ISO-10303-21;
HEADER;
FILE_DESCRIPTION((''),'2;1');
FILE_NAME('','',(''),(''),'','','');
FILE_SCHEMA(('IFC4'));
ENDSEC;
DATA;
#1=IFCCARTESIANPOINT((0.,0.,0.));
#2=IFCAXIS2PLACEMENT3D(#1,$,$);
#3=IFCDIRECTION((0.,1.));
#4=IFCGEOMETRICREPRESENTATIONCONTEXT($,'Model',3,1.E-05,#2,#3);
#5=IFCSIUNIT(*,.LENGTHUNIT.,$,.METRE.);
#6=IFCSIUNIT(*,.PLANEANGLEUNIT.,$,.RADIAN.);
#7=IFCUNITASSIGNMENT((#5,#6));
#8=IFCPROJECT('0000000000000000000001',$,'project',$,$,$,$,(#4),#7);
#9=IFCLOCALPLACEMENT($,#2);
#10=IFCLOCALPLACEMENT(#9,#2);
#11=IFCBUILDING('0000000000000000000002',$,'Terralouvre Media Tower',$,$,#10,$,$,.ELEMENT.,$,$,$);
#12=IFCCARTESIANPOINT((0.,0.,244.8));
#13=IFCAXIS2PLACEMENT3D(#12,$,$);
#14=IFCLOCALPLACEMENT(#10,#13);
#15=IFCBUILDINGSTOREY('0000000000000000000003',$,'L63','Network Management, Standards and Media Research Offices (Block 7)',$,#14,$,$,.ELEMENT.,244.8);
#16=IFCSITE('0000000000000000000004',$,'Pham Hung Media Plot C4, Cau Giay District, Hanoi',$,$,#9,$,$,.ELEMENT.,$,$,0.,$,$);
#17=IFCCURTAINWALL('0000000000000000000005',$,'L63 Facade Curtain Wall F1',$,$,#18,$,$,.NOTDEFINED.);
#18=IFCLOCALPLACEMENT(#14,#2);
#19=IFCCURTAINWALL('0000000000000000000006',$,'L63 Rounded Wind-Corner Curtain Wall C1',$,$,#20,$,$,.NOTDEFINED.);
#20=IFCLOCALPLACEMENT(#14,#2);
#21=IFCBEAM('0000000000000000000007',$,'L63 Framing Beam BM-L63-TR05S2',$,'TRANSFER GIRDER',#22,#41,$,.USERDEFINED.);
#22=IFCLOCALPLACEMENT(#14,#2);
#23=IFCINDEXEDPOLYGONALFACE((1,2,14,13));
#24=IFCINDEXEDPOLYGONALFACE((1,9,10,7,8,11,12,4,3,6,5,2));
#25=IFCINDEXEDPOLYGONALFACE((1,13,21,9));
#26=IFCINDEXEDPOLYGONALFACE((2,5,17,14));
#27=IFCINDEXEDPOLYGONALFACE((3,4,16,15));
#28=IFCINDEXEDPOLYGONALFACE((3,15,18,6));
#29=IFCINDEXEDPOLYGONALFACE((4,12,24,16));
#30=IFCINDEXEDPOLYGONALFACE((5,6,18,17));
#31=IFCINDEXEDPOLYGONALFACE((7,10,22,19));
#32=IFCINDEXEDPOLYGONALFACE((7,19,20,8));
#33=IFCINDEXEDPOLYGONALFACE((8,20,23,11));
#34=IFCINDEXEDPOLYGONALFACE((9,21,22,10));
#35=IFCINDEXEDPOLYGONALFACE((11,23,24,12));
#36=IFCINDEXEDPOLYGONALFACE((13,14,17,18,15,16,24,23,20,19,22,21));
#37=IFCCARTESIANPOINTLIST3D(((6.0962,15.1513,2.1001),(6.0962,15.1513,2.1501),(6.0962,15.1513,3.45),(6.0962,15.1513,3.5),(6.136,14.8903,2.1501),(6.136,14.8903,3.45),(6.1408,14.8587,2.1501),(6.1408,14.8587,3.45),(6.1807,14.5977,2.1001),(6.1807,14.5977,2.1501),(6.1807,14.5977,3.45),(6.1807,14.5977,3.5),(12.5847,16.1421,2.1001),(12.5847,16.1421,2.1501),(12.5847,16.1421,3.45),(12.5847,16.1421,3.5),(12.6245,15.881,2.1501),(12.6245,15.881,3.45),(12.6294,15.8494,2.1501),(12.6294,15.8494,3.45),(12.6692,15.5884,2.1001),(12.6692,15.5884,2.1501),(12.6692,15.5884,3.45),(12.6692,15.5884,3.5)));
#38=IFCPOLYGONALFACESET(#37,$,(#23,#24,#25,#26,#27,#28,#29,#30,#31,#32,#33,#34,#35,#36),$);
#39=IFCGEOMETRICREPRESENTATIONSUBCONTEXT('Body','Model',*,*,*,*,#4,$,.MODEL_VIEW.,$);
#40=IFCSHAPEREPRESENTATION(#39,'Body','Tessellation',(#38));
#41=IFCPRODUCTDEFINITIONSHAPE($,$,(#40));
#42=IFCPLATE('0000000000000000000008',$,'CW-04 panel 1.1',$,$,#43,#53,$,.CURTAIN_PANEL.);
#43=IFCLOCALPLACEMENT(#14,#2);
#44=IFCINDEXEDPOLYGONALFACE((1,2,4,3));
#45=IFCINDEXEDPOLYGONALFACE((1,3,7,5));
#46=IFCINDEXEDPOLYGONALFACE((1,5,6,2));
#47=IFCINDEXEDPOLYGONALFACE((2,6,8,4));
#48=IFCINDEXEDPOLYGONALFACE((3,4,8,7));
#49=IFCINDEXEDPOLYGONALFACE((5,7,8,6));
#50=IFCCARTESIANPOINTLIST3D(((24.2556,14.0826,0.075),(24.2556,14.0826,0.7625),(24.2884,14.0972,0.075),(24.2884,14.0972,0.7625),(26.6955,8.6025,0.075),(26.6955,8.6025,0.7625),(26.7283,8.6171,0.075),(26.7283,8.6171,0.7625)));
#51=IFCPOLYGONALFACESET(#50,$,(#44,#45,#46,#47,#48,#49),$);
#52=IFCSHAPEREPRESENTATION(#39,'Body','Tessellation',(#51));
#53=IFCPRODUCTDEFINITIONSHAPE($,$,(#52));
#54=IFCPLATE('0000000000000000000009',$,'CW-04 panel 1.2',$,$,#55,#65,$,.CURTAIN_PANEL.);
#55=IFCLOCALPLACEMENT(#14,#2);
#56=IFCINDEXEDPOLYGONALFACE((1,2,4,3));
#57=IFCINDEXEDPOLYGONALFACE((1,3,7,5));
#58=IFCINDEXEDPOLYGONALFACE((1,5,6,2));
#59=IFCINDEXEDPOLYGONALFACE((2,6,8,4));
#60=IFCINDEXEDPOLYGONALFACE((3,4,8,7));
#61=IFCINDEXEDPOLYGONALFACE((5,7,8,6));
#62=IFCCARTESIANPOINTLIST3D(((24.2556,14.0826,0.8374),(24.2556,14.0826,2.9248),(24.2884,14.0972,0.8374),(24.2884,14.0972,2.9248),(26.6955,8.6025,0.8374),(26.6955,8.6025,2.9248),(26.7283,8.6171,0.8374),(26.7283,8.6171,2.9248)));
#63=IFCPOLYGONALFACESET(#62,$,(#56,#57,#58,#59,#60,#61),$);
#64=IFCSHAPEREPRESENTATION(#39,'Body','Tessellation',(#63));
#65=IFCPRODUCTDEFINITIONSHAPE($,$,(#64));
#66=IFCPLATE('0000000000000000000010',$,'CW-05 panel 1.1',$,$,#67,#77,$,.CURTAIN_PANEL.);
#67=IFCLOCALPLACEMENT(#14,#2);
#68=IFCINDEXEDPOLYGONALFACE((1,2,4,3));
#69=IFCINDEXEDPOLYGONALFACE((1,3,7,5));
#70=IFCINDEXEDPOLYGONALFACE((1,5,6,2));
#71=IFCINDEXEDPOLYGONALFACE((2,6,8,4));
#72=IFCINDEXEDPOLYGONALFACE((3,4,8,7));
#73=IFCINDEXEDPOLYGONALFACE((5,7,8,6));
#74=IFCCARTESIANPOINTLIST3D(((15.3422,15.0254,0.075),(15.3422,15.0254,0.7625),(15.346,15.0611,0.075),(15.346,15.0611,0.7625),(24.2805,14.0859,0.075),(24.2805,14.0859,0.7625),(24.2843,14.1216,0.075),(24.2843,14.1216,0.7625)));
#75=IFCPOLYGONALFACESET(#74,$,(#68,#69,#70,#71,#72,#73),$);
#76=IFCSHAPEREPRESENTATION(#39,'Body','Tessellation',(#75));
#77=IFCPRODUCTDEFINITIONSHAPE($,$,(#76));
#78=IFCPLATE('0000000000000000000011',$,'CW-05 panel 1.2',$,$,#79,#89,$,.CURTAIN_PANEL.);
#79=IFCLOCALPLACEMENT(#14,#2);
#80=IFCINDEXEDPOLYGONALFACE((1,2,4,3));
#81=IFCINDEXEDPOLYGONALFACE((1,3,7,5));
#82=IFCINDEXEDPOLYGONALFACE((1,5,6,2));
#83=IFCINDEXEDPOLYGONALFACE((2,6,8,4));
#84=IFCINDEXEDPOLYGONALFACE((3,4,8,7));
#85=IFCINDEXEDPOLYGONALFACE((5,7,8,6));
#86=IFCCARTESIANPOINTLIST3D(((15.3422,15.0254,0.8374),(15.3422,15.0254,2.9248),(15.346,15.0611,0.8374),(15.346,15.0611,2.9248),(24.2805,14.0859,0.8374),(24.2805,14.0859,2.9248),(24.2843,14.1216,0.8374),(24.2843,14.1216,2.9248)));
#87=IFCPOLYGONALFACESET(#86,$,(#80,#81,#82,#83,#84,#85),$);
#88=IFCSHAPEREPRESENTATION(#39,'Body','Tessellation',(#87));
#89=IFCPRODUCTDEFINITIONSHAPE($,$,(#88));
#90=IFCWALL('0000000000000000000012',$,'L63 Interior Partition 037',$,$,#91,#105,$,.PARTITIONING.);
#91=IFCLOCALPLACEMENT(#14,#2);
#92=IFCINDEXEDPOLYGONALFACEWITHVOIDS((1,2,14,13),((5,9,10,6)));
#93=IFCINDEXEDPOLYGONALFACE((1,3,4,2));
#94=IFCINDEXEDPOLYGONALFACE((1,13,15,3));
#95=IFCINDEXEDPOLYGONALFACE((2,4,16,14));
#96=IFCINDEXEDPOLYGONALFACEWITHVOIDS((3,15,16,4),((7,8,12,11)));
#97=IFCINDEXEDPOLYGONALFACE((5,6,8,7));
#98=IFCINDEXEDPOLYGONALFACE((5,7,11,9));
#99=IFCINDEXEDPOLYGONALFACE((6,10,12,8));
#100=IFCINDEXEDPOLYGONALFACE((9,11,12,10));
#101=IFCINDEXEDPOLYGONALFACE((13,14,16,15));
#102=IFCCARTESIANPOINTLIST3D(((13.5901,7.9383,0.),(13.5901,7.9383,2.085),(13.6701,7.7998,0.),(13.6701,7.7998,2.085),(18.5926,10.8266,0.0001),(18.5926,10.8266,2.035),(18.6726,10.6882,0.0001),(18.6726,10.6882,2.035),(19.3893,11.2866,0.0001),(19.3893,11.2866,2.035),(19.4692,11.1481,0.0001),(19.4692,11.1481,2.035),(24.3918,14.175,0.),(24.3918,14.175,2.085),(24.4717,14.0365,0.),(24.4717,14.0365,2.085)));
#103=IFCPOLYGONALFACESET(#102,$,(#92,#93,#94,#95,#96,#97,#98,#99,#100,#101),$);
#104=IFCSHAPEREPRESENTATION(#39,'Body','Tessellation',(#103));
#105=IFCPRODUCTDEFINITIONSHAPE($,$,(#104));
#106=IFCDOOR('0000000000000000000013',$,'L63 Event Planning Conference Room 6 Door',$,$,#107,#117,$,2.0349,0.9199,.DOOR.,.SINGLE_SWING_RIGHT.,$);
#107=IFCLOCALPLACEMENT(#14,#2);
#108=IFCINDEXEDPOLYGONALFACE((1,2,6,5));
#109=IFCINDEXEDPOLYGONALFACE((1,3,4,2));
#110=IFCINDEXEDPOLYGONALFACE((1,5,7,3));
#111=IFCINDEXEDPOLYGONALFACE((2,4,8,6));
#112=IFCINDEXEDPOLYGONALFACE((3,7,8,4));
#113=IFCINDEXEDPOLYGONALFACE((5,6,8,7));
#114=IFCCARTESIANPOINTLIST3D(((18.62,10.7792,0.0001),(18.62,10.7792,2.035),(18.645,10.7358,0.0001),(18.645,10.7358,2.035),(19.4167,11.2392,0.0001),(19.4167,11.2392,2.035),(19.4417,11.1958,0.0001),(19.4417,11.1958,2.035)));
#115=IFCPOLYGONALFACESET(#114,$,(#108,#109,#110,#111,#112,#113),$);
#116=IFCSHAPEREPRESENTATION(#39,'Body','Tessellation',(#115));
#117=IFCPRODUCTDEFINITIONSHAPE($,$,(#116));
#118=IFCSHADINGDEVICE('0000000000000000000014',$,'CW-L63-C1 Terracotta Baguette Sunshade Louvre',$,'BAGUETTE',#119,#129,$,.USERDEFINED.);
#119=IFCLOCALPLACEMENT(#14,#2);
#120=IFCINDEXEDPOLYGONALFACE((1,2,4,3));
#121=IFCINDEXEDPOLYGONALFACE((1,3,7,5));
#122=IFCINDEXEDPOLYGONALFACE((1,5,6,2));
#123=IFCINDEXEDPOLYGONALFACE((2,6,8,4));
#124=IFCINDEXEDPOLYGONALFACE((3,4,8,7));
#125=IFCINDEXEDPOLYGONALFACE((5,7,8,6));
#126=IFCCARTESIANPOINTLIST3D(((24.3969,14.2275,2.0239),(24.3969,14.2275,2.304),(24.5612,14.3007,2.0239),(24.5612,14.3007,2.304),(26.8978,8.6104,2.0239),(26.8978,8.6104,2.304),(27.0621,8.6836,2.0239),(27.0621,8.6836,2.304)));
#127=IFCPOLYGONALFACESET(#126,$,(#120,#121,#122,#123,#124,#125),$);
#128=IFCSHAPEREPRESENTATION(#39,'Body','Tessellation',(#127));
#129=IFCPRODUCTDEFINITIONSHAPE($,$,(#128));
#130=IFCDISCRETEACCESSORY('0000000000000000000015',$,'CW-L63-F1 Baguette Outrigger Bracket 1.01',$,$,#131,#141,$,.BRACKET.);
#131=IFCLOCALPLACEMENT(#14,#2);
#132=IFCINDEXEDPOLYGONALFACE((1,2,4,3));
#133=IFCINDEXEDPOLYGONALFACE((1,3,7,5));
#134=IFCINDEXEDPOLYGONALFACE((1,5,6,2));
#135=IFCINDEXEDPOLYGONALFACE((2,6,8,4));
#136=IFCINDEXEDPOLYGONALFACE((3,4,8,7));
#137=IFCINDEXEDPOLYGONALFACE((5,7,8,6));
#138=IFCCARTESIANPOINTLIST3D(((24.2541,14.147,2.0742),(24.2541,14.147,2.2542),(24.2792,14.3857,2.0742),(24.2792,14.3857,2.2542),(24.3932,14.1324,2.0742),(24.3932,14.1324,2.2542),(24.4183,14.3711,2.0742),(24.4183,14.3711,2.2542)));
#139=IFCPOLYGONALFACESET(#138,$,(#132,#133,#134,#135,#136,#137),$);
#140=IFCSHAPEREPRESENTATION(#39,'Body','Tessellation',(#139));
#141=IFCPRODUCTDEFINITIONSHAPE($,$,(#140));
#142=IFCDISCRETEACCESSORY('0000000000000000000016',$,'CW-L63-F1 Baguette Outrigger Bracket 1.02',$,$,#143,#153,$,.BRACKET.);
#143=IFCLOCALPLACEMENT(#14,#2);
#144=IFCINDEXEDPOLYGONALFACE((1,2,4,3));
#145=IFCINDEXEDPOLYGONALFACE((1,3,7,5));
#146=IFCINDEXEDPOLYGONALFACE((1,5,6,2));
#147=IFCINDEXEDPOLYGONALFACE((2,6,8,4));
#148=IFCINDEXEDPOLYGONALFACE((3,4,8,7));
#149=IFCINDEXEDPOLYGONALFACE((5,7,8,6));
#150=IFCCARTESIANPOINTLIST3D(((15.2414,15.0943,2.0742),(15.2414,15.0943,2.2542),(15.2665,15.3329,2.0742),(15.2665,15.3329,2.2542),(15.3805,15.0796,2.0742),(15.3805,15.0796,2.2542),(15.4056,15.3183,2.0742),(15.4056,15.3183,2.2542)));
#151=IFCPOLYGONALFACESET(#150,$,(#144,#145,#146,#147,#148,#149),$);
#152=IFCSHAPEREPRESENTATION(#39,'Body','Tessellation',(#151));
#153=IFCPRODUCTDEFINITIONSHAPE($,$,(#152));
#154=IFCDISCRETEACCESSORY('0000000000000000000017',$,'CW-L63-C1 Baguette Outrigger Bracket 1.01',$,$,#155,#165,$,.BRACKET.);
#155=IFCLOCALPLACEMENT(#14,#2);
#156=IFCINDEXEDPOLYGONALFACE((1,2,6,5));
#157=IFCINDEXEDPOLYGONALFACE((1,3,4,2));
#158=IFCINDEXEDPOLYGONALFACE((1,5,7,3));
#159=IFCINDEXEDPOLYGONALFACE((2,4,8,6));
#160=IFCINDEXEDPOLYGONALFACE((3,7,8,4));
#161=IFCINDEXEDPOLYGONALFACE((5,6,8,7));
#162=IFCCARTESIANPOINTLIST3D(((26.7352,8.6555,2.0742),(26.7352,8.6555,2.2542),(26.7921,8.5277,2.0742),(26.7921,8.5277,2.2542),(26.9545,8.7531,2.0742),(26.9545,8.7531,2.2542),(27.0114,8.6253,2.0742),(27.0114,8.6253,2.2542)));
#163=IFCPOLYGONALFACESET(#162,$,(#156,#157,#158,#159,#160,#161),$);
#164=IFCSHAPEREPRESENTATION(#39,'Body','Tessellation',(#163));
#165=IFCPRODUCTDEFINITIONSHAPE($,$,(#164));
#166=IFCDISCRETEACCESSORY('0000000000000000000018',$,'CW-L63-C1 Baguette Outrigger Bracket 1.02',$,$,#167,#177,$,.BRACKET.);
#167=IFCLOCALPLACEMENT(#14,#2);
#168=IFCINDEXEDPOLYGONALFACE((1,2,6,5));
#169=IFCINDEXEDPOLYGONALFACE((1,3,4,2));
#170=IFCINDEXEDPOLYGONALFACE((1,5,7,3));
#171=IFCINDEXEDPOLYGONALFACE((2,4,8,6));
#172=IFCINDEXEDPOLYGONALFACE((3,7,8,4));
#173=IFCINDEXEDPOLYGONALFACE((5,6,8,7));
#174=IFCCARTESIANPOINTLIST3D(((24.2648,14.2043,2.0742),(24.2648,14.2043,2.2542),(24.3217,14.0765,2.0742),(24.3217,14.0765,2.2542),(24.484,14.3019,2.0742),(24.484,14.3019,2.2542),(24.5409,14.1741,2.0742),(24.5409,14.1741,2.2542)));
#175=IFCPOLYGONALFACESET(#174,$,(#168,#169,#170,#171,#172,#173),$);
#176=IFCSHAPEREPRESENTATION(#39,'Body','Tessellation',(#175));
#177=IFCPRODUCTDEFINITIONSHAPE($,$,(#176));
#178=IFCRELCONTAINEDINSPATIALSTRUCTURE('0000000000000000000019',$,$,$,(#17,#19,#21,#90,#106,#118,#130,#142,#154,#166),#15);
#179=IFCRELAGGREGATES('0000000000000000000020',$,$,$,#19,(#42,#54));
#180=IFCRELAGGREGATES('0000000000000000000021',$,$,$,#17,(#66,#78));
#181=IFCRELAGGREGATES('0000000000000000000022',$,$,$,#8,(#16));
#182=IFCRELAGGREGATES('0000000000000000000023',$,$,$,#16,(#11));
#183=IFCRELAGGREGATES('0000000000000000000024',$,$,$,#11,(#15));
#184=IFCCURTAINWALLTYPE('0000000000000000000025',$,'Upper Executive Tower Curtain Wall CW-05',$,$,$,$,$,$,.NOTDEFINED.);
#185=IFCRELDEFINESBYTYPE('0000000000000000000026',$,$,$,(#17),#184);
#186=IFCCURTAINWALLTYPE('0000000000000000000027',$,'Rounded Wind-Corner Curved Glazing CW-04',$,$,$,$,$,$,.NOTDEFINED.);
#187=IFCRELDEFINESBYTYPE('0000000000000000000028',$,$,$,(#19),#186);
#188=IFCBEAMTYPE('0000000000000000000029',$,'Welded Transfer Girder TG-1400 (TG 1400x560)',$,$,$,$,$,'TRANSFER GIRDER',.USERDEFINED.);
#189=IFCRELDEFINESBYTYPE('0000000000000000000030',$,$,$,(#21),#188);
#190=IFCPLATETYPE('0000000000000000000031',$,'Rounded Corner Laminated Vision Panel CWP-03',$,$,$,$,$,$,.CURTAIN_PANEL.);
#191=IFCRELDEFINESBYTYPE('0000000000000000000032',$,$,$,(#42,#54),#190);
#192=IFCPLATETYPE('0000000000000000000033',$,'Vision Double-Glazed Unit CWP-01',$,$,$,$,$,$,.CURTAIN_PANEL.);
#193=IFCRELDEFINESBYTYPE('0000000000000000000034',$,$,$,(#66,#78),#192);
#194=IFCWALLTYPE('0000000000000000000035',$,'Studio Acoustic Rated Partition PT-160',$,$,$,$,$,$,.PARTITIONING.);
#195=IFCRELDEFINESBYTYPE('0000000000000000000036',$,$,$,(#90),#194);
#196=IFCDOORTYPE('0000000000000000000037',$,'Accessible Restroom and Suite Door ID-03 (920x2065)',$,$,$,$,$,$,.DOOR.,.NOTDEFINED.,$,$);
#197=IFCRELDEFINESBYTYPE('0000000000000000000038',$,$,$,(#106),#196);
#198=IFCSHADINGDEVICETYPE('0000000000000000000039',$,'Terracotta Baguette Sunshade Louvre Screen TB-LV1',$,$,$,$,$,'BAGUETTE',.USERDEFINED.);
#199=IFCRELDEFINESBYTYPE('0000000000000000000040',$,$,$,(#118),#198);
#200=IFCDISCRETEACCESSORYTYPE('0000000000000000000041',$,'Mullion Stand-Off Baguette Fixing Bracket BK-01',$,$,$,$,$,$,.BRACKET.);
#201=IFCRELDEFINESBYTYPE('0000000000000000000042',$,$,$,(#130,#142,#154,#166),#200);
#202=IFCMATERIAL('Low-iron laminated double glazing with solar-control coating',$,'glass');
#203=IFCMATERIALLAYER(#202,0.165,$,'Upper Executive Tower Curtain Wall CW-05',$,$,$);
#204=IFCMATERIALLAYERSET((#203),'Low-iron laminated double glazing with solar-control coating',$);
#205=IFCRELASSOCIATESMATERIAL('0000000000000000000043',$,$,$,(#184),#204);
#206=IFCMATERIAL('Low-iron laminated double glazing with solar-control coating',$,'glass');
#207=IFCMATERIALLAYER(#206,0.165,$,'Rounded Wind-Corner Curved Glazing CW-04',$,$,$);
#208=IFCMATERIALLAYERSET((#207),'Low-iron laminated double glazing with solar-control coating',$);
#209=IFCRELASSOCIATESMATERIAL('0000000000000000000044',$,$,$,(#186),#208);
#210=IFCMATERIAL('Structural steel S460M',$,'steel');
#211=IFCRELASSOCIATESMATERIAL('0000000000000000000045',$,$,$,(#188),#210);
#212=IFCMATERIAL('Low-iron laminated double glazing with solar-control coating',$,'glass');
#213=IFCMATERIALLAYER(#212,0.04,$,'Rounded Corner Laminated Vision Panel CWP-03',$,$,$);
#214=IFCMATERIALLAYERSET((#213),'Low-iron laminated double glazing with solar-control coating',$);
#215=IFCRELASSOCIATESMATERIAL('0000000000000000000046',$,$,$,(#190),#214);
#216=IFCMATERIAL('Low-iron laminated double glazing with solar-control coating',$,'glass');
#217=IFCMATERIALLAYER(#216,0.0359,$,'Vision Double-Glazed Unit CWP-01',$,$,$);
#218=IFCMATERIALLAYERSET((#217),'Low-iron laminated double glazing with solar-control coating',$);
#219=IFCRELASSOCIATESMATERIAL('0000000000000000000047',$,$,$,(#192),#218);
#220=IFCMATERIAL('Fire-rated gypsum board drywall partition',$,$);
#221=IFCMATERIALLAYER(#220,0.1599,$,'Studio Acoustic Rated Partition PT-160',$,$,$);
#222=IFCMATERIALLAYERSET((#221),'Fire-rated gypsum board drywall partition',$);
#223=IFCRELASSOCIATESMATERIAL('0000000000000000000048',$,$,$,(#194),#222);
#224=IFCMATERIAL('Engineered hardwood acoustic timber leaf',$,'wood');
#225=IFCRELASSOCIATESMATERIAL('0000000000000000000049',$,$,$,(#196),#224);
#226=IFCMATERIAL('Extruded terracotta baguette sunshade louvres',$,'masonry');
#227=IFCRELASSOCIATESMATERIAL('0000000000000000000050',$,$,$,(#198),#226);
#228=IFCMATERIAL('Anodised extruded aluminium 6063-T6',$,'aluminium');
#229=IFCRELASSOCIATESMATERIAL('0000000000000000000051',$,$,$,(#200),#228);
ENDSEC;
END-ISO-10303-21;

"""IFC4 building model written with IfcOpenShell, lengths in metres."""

from ifc_helpers import new_model, si_unit, direction, frame, frame_2d, origin, origin_2d, place, context, subcontext, project, spatial, rectangle, i_section, extrude, material, layer, layer_set, material_profile, profile_set, type_object, element, fill, aggregate, save


model = new_model("IFC4")

# Units and contexts
model_context = context("Model", 3, precision=1e-05, world=origin(), true_north=direction((0.0, 1.0)))
body_context = subcontext(model_context, "Body", "Model", "MODEL_VIEW")
ifc_project = project(units=[si_unit("LENGTHUNIT", "METRE"), si_unit("PLANEANGLEUNIT", "RADIAN")], contexts=[model_context])

# Site, building, storey
site_placement = place(None, origin())
site = spatial("IfcSite", under=ifc_project, at=site_placement, Name="Pham Hung Media Plot C4, Cau Giay District, Hanoi", CompositionType="ELEMENT", RefElevation=0.0)
building_placement = place(site_placement, origin())
building = spatial("IfcBuilding", under=site, at=building_placement, Name="Terralouvre Media Tower", CompositionType="ELEMENT")
storey_placement = place(building_placement, frame((0.0, 0.0, 244.8)))
storey = spatial("IfcBuildingStorey", under=building, at=storey_placement, Name="L63", Description="Network Management, Standards and Media Research Offices (Block 7)", CompositionType="ELEMENT", Elevation=244.8)

# Curtain wall
ifc_material_1 = material(Name="Low-iron laminated double glazing with solar-control coating", Category="glass")
ifc_layer_1 = layer(ifc_material_1, 0.165, Name="Upper Executive Tower Curtain Wall CW-05")
ifc_layer_set_1 = layer_set([ifc_layer_1], Name="Low-iron laminated double glazing with solar-control coating")
curtain_wall_type_1 = type_object("IfcCurtainWallType", Name="Upper Executive Tower Curtain Wall CW-05", PredefinedType="NOTDEFINED", material=ifc_layer_set_1)
curtain_wall_1_placement = place(storey_placement, origin())
curtain_wall_1 = element("IfcCurtainWall", 1, at=curtain_wall_1_placement, inside=storey, type_object=curtain_wall_type_1, Name="L63 Facade Curtain Wall F1", PredefinedType="NOTDEFINED")

# Curtain wall
ifc_material_2 = material(Name="Low-iron laminated double glazing with solar-control coating", Category="glass")
ifc_layer_2 = layer(ifc_material_2, 0.165, Name="Rounded Wind-Corner Curved Glazing CW-04")
ifc_layer_set_2 = layer_set([ifc_layer_2], Name="Low-iron laminated double glazing with solar-control coating")
curtain_wall_type_2 = type_object("IfcCurtainWallType", Name="Rounded Wind-Corner Curved Glazing CW-04", PredefinedType="NOTDEFINED", material=ifc_layer_set_2)
curtain_wall_2_placement = place(storey_placement, origin())
curtain_wall_2 = element("IfcCurtainWall", 2, at=curtain_wall_2_placement, inside=storey, type_object=curtain_wall_type_2, Name="L63 Rounded Wind-Corner Curtain Wall C1", PredefinedType="NOTDEFINED")

# Beam
ifc_material_3 = material(Name="Structural steel S460M", Category="steel")
ifc_material_profile_1 = material_profile(ifc_material_3, i_section(OverallWidth=0.5601, OverallDepth=1.3999, WebThickness=0.032, FlangeThickness=0.05, at=origin_2d()), Name="TG 1400x560")
ifc_profile_set_1 = profile_set([ifc_material_profile_1], Name="Structural steel S460M")
beam_type = type_object("IfcBeamType", Name="Welded Transfer Girder TG-1400 (TG 1400x560)", ElementType="TRANSFER GIRDER", PredefinedType="USERDEFINED", material=ifc_profile_set_1)
beam_1_placement = place(storey_placement, frame((12.627, 15.8652, 2.8), z_axis=(-0.988543, -0.150939, 0.0), x_axis=(0.150939, -0.988543, 0.0)))
element("IfcBeam", 3, at=beam_1_placement, inside=storey, type_object=beam_type, Name="L63 Framing Beam BM-L63-TR05S2", ObjectType="TRANSFER GIRDER", PredefinedType="USERDEFINED", context=body_context, shape_type="SweptSolid", body=[
    extrude(i_section(OverallWidth=0.5601, OverallDepth=1.3999, WebThickness=0.032, FlangeThickness=0.05, at=origin_2d()), origin(), (0.0, 0.0, 1.0), 6.5637),
])

# Plates
ifc_material_4 = material(Name="Low-iron laminated double glazing with solar-control coating", Category="glass")
ifc_layer_3 = layer(ifc_material_4, 0.04, Name="Rounded Corner Laminated Vision Panel CWP-03")
ifc_layer_set_3 = layer_set([ifc_layer_3], Name="Low-iron laminated double glazing with solar-control coating")
plate_type_1 = type_object("IfcPlateType", Name="Rounded Corner Laminated Vision Panel CWP-03", PredefinedType="CURTAIN_PANEL", material=ifc_layer_set_3)
plate_1_placement = place(storey_placement, frame((25.4919, 11.3499, 0.075), z_axis=(0.0, 0.0, 1.0), x_axis=(-0.406737, 0.913545, 0.0)))
plate_1 = element("IfcPlate", 4, at=plate_1_placement, type_object=plate_type_1, Name="CW-04 panel 1.1", PredefinedType="CURTAIN_PANEL", context=body_context, shape_type="SweptSolid", body=[
    extrude(rectangle(XDim=5.9988, YDim=0.0359, at=origin_2d()), origin(), (0.0, 0.0, 1.0), 0.6875),
])
plate_2_placement = place(storey_placement, frame((25.4919, 11.3499, 0.8374), z_axis=(0.0, 0.0, 1.0), x_axis=(-0.406737, 0.913545, 0.0)))
plate_2 = element("IfcPlate", 5, at=plate_2_placement, type_object=plate_type_1, Name="CW-04 panel 1.2", PredefinedType="CURTAIN_PANEL", context=body_context, shape_type="SweptSolid", body=[
    extrude(rectangle(XDim=5.9988, YDim=0.0359, at=origin_2d()), origin(), (0.0, 0.0, 1.0), 2.0874),
])
aggregate(curtain_wall_2, [plate_1, plate_2])
ifc_material_5 = material(Name="Low-iron laminated double glazing with solar-control coating", Category="glass")
ifc_layer_4 = layer(ifc_material_5, 0.0359, Name="Vision Double-Glazed Unit CWP-01")
ifc_layer_set_4 = layer_set([ifc_layer_4], Name="Low-iron laminated double glazing with solar-control coating")
plate_type_2 = type_object("IfcPlateType", Name="Vision Double-Glazed Unit CWP-01", PredefinedType="CURTAIN_PANEL", material=ifc_layer_set_4)
plate_3_placement = place(storey_placement, frame((19.8132, 14.5735, 0.075), z_axis=(0.0, 0.0, 1.0), x_axis=(-0.994522, 0.104529, 0.0)))
plate_3 = element("IfcPlate", 6, at=plate_3_placement, type_object=plate_type_2, Name="CW-05 panel 1.1", PredefinedType="CURTAIN_PANEL", context=body_context, shape_type="SweptSolid", body=[
    extrude(rectangle(XDim=8.9875, YDim=0.0359, at=origin_2d()), origin(), (0.0, 0.0, 1.0), 0.6875),
])
plate_4_placement = place(storey_placement, frame((19.8132, 14.5735, 0.8374), z_axis=(0.0, 0.0, 1.0), x_axis=(-0.994522, 0.104529, 0.0)))
plate_4 = element("IfcPlate", 7, at=plate_4_placement, type_object=plate_type_2, Name="CW-05 panel 1.2", PredefinedType="CURTAIN_PANEL", context=body_context, shape_type="SweptSolid", body=[
    extrude(rectangle(XDim=8.9875, YDim=0.0359, at=origin_2d()), origin(), (0.0, 0.0, 1.0), 2.0874),
])
aggregate(curtain_wall_1, [plate_3, plate_4])

# Wall, opening, door
ifc_material_6 = material(Name="Fire-rated gypsum board drywall partition")
ifc_layer_5 = layer(ifc_material_6, 0.1599, Name="Studio Acoustic Rated Partition PT-160")
ifc_layer_set_5 = layer_set([ifc_layer_5], Name="Fire-rated gypsum board drywall partition")
wall_type = type_object("IfcWallType", Name="Studio Acoustic Rated Partition PT-160", PredefinedType="PARTITIONING", material=ifc_layer_set_5)
wall_placement = place(storey_placement, frame((24.4316, 14.1057, 0.0), z_axis=(0.0, 0.0, 1.0), x_axis=(-0.866011, -0.500025, 0.0)))
wall = element("IfcWall", 8, at=wall_placement, inside=storey, type_object=wall_type, Name="L63 Interior Partition 037", PredefinedType="PARTITIONING", context=body_context, shape_type="SweptSolid", body=[
    extrude(rectangle(XDim=12.4729, YDim=0.1599, at=frame_2d((6.2363, 0.0))), origin(), (0.0, 0.0, 1.0), 2.085),
])
opening_placement = place(wall_placement, frame((5.7764, 0.0, 0.0)))
opening = element("IfcOpeningElement", 9, at=opening_placement, cuts=wall, PredefinedType="OPENING", context=body_context, shape_type="SweptSolid", body=[
    extrude(rectangle(XDim=0.9199, YDim=2.0349, at=frame_2d((0.46, 1.0176))), frame((0.0, 0.0898, 0.0), z_axis=(0.0, -1.0, 0.0), x_axis=(1.0, 0.0, 0.0)), (0.0, 0.0, 1.0), 0.1799),
])
ifc_material_7 = material(Name="Engineered hardwood acoustic timber leaf", Category="wood")
door_type = type_object("IfcDoorType", Name="Accessible Restroom and Suite Door ID-03 (920x2065)", OperationType="NOTDEFINED", PredefinedType="DOOR", material=ifc_material_7)
door_placement = place(opening_placement, origin())
door = element("IfcDoor", 10, at=door_placement, inside=storey, type_object=door_type, Name="L63 Event Planning Conference Room 6 Door", OperationType="SINGLE_SWING_RIGHT", OverallHeight=2.0349, OverallWidth=0.9199, PredefinedType="DOOR", context=body_context, shape_type="SweptSolid", body=[
    extrude(rectangle(XDim=0.9199, YDim=2.0349, at=frame_2d((0.46, 1.0176))), frame((0.0, 0.0249, 0.0), z_axis=(0.0, -1.0, 0.0), x_axis=(1.0, 0.0, 0.0)), (0.0, 0.0, 1.0), 0.05),
])
fill(opening, door)

# Shading device
ifc_material_8 = material(Name="Extruded terracotta baguette sunshade louvres", Category="masonry")
shading_device_type = type_object("IfcShadingDeviceType", Name="Terracotta Baguette Sunshade Louvre Screen TB-LV1", ElementType="BAGUETTE", PredefinedType="USERDEFINED", material=ifc_material_8)
shading_device_placement = place(storey_placement, frame((25.7295, 11.4556, 2.0239), z_axis=(0.0, 0.0, 1.0), x_axis=(-0.406737, 0.913545, 0.0)))
element("IfcShadingDevice", 11, at=shading_device_placement, inside=storey, type_object=shading_device_type, Name="CW-L63-C1 Terracotta Baguette Sunshade Louvre", ObjectType="BAGUETTE", PredefinedType="USERDEFINED", context=body_context, shape_type="SweptSolid", body=[
    extrude(rectangle(XDim=6.1487, YDim=0.1799, at=origin_2d()), origin(), (0.0, 0.0, 1.0), 0.28),
])

# Discrete accessories
ifc_material_9 = material(Name="Anodised extruded aluminium 6063-T6", Category="aluminium")
discrete_accessory_type = type_object("IfcDiscreteAccessoryType", Name="Mullion Stand-Off Baguette Fixing Bracket BK-01", PredefinedType="BRACKET", material=ifc_material_9)
for number, where, z_axis, x_axis, name in (
    (12, (24.3362, 14.259, 2.0742), (0.0, 0.0, 1.0), (-0.994522, 0.104529, 0.0), "CW-L63-F1 Baguette Outrigger Bracket 1.01"),
    (13, (15.3235, 15.2063, 2.0742), (0.0, 0.0, 1.0), (-0.994522, 0.104529, 0.0), "CW-L63-F1 Baguette Outrigger Bracket 1.02"),
    (14, (26.8733, 8.6404, 2.0742), (0.0, 0.0, 1.0), (-0.406737, 0.913545, 0.0), "CW-L63-C1 Baguette Outrigger Bracket 1.01"),
    (15, (24.4028, 14.1892, 2.0742), (0.0, 0.0, 1.0), (-0.406737, 0.913545, 0.0), "CW-L63-C1 Baguette Outrigger Bracket 1.02"),
):
    element("IfcDiscreteAccessory", number, at=place(storey_placement, frame(where, z_axis=z_axis, x_axis=x_axis)), inside=storey, type_object=discrete_accessory_type, Name=name, PredefinedType="BRACKET", context=body_context, shape_type="SweptSolid", body=[
        extrude(rectangle(XDim=0.1399, YDim=0.24, at=origin_2d()), origin(), (0.0, 0.0, 1.0), 0.1799),
    ])

save(model, "model.ifc")
